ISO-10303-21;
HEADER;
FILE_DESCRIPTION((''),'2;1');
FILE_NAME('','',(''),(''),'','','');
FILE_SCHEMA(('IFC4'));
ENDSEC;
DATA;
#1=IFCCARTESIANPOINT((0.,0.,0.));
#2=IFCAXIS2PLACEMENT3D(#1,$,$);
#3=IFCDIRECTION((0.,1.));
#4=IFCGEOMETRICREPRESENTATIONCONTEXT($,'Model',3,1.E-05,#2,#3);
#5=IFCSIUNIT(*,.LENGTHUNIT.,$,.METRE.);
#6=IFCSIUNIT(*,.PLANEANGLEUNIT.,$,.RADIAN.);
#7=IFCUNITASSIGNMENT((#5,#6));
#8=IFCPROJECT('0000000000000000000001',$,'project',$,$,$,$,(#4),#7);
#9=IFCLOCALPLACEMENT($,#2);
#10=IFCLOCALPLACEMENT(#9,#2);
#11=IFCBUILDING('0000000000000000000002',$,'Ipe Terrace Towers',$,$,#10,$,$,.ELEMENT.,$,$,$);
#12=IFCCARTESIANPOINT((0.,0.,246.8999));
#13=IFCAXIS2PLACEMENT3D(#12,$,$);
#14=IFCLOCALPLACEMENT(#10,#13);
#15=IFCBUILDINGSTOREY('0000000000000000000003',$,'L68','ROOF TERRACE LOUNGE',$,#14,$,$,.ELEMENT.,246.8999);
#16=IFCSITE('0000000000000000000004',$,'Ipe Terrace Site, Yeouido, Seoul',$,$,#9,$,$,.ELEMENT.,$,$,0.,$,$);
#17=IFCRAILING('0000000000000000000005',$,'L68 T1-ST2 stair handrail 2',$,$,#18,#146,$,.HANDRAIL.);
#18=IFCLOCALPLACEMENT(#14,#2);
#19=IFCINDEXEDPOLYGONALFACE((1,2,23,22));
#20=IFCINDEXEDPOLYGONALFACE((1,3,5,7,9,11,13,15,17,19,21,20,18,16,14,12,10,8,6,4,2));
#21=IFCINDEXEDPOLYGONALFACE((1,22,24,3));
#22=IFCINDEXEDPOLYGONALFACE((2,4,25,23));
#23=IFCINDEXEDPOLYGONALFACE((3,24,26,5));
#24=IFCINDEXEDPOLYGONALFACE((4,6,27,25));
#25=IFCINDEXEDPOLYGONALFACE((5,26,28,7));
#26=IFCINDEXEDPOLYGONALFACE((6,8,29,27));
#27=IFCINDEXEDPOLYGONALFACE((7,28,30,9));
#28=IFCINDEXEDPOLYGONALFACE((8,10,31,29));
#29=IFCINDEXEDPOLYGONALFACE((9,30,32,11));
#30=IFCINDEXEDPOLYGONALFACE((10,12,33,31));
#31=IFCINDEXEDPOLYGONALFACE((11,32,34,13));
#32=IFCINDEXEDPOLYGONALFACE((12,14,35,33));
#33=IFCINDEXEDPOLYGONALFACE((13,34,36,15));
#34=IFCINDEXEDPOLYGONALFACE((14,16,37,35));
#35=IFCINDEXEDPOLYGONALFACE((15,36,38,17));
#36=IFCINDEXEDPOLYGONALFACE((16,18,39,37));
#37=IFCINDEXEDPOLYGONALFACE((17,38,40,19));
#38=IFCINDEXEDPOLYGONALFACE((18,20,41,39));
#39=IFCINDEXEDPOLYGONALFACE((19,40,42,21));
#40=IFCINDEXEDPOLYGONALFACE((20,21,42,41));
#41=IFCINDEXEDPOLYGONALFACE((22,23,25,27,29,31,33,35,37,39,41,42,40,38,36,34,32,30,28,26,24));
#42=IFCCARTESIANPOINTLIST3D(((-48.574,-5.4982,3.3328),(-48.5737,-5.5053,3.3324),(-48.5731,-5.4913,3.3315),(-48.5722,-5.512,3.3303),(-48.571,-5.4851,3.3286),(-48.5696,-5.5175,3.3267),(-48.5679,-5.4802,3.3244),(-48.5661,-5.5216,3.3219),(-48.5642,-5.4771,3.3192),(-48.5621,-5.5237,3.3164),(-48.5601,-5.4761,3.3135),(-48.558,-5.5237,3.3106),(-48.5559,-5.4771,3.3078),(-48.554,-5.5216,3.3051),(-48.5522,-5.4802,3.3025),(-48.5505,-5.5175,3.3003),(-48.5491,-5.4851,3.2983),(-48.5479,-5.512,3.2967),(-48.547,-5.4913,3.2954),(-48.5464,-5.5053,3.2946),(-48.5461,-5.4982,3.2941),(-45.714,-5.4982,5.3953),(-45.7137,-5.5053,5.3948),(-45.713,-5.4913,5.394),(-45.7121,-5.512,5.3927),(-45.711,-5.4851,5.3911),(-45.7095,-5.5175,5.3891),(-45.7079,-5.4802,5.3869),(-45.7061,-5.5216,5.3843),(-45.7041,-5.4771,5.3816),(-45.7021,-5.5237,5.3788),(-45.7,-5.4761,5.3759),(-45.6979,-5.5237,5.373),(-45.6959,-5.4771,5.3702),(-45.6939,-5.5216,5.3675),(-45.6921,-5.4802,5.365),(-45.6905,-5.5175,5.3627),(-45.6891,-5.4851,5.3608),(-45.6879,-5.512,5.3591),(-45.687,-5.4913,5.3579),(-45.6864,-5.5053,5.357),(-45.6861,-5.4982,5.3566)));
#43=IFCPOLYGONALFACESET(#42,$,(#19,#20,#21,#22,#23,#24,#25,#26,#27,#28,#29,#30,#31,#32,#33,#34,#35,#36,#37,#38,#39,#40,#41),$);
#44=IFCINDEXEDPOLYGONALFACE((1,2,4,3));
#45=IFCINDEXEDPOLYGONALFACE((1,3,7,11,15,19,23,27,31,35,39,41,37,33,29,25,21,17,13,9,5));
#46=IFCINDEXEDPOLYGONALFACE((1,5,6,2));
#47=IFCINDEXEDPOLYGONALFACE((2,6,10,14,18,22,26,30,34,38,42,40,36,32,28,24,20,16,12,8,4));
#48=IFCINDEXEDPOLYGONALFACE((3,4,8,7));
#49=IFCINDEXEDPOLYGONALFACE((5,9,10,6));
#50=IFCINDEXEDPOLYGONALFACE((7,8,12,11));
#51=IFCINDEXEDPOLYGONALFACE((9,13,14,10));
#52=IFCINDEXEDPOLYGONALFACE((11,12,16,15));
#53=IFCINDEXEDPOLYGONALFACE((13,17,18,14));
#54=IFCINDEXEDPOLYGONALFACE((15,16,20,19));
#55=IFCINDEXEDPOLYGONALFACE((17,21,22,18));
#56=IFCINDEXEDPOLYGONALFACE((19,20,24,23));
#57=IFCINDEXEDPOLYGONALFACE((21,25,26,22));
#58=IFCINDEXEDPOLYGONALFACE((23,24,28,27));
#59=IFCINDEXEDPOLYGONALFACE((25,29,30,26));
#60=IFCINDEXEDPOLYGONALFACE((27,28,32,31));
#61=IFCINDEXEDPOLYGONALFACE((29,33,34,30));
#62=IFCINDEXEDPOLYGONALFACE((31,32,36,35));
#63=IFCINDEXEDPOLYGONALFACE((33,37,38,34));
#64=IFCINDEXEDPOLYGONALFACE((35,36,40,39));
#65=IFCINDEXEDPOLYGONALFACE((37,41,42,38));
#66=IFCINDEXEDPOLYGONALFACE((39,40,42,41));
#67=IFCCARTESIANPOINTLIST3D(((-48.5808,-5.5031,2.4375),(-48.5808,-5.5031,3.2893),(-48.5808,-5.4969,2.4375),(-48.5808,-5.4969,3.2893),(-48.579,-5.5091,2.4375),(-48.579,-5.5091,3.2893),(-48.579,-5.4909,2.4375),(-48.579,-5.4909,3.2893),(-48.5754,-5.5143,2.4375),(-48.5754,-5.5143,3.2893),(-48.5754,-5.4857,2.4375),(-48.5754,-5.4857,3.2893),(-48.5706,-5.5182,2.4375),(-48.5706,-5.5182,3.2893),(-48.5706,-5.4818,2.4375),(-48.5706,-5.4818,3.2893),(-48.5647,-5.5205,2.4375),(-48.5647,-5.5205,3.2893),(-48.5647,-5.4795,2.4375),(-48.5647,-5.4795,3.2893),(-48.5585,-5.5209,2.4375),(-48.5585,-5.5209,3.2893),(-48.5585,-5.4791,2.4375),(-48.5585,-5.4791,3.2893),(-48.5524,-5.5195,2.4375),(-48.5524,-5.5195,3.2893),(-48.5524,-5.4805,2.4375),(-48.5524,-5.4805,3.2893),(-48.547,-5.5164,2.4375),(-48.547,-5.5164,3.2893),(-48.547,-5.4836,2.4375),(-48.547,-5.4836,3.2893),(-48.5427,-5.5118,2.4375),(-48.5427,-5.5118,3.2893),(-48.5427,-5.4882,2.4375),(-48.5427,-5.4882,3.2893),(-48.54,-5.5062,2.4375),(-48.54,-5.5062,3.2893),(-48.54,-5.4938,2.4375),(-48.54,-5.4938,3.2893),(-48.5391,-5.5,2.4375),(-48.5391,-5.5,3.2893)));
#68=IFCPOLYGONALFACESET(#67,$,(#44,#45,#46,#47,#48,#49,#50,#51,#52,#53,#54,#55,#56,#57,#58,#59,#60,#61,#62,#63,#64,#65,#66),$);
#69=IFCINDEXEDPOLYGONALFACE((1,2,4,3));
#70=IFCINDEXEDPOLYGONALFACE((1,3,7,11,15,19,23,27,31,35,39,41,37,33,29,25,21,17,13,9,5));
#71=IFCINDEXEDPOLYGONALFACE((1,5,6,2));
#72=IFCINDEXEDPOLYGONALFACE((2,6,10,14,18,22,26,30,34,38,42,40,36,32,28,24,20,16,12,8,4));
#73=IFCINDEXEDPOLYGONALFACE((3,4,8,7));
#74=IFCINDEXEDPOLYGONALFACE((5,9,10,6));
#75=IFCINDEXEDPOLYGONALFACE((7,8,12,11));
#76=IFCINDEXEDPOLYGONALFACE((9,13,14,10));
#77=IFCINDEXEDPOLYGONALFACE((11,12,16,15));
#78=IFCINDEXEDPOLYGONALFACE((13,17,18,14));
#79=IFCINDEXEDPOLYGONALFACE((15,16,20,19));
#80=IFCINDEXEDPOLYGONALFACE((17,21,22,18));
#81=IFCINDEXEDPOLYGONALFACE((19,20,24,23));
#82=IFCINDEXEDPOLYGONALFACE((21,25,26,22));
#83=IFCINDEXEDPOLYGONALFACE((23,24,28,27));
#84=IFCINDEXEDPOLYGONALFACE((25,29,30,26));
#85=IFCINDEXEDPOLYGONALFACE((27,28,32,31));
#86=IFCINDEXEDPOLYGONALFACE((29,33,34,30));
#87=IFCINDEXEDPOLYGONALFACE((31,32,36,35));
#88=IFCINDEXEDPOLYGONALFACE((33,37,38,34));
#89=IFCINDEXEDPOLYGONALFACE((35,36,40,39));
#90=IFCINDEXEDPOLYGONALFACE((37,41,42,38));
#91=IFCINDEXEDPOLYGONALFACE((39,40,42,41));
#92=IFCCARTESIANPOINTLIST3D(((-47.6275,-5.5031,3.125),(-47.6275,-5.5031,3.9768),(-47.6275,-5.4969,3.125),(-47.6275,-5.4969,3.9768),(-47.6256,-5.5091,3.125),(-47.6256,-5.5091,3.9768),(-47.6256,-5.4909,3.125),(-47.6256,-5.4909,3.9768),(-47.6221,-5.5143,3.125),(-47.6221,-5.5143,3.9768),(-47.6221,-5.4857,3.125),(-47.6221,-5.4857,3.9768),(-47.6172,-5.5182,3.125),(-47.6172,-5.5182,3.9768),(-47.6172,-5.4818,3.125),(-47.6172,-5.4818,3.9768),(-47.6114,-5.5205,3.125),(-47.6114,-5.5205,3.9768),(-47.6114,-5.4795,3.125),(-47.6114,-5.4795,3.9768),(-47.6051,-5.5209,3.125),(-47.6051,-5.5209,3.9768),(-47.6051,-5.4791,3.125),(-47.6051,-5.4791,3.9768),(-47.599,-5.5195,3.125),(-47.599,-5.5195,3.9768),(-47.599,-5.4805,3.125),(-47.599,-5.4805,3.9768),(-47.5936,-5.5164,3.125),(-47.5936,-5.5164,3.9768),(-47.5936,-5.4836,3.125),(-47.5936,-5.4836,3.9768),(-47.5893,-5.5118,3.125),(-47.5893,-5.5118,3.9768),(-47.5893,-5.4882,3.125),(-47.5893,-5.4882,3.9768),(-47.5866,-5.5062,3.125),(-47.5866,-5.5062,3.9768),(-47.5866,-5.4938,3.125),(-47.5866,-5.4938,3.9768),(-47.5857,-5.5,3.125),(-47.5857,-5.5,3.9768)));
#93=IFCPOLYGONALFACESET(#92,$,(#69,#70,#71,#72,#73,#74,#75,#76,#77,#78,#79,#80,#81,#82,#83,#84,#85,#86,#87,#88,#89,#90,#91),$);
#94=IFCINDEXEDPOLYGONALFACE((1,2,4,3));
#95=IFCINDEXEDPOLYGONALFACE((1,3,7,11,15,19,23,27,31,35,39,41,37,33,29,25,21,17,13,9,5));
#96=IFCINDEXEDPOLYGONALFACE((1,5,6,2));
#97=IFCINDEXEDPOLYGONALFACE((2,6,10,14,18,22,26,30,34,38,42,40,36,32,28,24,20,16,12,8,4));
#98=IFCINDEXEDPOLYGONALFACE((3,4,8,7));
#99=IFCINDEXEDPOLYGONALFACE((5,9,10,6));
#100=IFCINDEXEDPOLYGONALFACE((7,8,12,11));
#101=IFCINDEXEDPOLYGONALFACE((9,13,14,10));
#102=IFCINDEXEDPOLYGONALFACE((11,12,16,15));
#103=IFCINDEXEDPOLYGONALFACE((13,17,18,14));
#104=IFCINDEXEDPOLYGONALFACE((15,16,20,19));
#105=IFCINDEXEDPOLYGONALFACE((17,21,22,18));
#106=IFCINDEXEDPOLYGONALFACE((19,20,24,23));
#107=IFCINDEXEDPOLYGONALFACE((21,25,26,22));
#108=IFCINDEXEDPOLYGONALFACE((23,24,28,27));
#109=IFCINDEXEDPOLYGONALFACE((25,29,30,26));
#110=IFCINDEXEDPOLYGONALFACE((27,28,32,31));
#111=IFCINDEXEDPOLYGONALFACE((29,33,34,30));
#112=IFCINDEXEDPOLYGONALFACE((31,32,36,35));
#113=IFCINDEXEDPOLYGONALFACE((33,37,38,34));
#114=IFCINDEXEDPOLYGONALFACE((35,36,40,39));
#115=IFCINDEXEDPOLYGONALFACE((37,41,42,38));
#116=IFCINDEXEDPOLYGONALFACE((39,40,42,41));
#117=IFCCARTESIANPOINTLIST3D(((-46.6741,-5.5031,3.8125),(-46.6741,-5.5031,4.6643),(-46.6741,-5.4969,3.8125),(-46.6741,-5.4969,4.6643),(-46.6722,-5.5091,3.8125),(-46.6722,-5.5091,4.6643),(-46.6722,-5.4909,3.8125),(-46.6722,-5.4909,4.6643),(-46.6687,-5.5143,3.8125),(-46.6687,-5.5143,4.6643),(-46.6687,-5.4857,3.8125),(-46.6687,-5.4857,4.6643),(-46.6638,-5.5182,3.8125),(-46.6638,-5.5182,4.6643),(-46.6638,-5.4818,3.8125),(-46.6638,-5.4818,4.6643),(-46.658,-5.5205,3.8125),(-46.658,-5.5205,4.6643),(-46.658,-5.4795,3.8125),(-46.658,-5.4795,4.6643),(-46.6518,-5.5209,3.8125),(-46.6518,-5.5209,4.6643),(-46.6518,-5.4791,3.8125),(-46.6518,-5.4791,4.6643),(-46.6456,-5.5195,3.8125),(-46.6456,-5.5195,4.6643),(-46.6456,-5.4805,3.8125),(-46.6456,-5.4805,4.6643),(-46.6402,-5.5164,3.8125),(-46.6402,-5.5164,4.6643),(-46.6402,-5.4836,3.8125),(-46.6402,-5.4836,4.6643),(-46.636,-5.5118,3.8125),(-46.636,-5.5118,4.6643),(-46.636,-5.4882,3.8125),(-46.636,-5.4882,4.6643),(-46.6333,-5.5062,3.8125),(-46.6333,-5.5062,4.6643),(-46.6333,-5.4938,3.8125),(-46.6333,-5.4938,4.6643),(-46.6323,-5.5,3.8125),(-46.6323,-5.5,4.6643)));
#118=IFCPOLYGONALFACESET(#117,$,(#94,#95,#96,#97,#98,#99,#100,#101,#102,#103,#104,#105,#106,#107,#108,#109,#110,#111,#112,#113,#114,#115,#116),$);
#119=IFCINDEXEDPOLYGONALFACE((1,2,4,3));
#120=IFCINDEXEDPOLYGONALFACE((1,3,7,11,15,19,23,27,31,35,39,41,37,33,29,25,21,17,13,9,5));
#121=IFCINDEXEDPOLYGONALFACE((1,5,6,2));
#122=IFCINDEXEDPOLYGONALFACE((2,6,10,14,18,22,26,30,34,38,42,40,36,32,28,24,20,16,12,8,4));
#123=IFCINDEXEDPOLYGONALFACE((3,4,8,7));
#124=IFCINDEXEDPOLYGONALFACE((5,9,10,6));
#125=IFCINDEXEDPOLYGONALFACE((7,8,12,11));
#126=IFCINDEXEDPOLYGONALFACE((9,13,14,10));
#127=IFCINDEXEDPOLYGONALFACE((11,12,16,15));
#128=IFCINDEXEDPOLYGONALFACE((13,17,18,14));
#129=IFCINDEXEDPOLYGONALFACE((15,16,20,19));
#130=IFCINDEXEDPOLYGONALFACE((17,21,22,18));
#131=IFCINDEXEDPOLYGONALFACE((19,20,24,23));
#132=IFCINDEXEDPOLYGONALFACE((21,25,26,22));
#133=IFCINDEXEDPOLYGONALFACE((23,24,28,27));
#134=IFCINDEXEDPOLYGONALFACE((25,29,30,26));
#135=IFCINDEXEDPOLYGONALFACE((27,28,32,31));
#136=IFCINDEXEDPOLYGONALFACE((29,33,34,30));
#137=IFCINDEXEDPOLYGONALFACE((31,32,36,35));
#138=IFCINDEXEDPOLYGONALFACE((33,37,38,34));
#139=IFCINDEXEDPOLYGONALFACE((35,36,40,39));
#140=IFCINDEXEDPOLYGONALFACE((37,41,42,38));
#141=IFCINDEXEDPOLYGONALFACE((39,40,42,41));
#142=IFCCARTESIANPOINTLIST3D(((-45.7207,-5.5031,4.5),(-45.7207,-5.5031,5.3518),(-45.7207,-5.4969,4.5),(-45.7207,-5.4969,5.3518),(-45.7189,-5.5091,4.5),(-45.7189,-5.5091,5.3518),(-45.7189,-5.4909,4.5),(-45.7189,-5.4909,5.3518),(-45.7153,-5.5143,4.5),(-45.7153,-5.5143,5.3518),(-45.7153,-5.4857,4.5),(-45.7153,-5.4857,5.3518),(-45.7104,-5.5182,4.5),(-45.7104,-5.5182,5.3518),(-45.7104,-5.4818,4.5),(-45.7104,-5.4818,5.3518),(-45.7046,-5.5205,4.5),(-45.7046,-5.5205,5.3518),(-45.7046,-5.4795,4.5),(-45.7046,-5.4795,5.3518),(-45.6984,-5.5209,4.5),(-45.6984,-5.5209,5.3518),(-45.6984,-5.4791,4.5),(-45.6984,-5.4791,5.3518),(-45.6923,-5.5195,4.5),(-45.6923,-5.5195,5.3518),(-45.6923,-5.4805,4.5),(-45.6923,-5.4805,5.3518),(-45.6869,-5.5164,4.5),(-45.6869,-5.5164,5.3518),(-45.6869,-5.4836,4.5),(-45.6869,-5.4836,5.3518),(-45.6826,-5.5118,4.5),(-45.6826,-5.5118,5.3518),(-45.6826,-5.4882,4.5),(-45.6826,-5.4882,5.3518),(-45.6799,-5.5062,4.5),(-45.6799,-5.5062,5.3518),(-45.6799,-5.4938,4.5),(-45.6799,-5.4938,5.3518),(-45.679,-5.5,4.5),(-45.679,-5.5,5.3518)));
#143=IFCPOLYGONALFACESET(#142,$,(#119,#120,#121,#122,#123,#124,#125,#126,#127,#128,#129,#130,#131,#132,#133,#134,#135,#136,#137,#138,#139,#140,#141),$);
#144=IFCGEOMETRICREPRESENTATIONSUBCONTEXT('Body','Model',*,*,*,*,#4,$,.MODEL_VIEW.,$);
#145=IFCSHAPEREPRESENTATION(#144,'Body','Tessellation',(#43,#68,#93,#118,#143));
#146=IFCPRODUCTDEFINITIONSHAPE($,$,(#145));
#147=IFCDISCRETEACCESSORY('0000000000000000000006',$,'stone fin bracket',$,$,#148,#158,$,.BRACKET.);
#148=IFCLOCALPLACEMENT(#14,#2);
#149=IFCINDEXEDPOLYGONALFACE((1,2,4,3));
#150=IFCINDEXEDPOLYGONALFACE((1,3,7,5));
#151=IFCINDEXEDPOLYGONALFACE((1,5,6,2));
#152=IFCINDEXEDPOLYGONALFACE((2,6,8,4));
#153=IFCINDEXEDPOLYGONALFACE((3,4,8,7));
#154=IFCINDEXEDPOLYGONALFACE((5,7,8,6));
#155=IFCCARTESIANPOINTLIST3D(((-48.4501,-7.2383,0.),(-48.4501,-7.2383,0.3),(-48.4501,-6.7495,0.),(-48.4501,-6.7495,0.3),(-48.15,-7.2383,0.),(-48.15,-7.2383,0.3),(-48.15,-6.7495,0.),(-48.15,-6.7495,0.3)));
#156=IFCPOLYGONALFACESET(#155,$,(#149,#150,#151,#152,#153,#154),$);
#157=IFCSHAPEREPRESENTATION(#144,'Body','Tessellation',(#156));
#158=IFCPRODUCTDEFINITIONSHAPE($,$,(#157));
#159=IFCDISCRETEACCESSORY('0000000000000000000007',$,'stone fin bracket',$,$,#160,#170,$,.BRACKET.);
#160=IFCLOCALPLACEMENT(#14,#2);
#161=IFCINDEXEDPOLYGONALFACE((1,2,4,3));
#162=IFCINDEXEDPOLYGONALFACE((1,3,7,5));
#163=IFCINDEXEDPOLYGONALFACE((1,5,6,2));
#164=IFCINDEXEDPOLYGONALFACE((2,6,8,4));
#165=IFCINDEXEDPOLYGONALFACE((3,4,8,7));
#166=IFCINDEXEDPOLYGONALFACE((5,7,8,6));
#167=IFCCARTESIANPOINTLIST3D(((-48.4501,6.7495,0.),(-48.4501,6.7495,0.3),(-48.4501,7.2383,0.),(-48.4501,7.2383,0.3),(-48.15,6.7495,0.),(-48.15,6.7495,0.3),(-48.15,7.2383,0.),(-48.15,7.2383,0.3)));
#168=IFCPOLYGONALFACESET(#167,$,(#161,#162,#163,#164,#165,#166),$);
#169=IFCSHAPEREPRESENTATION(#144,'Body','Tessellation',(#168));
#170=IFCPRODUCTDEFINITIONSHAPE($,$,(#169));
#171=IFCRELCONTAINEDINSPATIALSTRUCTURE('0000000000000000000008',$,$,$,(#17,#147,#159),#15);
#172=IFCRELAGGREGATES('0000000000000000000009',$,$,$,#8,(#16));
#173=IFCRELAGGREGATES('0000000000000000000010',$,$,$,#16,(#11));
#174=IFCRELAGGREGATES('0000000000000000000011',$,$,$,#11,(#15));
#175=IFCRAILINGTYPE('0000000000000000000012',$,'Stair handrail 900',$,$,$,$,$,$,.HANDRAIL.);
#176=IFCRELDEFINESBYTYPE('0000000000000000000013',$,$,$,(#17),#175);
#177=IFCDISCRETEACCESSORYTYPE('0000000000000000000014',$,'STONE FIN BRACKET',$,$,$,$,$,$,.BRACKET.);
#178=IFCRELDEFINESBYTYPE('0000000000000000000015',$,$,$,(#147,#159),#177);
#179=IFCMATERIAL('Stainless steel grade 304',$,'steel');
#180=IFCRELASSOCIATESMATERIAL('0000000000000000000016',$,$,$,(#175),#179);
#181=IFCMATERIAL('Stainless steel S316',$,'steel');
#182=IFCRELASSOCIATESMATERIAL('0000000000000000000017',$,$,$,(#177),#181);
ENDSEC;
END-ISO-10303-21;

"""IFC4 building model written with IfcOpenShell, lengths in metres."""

from ifc_helpers import new_model, si_unit, direction, frame, origin, origin_2d, place, context, subcontext, project, spatial, rectangle, circle, extrude, material, type_object, element, save


model = new_model("IFC4")

# Units and contexts
model_context = context("Model", 3, precision=1e-05, world=origin(), true_north=direction((0.0, 1.0)))
body_context = subcontext(model_context, "Body", "Model", "MODEL_VIEW")
ifc_project = project(units=[si_unit("LENGTHUNIT", "METRE"), si_unit("PLANEANGLEUNIT", "RADIAN")], contexts=[model_context])

# Site, building, storey
site_placement = place(None, origin())
site = spatial("IfcSite", under=ifc_project, at=site_placement, Name="Ipe Terrace Site, Yeouido, Seoul", CompositionType="ELEMENT", RefElevation=0.0)
building_placement = place(site_placement, origin())
building = spatial("IfcBuilding", under=site, at=building_placement, Name="Ipe Terrace Towers", CompositionType="ELEMENT")
storey_placement = place(building_placement, frame((0.0, 0.0, 246.8999)))
storey = spatial("IfcBuildingStorey", under=building, at=storey_placement, Name="L68", Description="ROOF TERRACE LOUNGE", CompositionType="ELEMENT", Elevation=246.8999)

# Railing
ifc_material_1 = material(Name="Stainless steel grade 304", Category="steel")
railing_type_1 = type_object("IfcRailingType", Name="Stair handrail 900", PredefinedType="HANDRAIL", material=ifc_material_1)
railing_1_placement = place(storey_placement, frame((-48.5601, -5.5, 2.4375)))
element("IfcRailing", 1, at=railing_1_placement, inside=storey, type_object=railing_type_1, Name="L68 T1-ST2 stair handrail 2", PredefinedType="HANDRAIL", context=body_context, shape_type="SweptSolid", body=[
    extrude(circle(Radius=0.0239, at=origin_2d()), frame((0.0, 0.0, 0.876), z_axis=(0.811101, 0.0, 0.584906), x_axis=(0.0, 1.0, 0.0)), (0.0, 0.0, 1.0), 3.5261),
    extrude(circle(Radius=0.021, at=origin_2d()), origin(), (0.0, 0.0, 1.0), 0.8518),
    extrude(circle(Radius=0.021, at=origin_2d()), frame((0.9534, 0.0, 0.6875)), (0.0, 0.0, 1.0), 0.8518),
    extrude(circle(Radius=0.021, at=origin_2d()), frame((1.9067, 0.0, 1.375)), (0.0, 0.0, 1.0), 0.8518),
    extrude(circle(Radius=0.021, at=origin_2d()), frame((2.8601, 0.0, 2.0625)), (0.0, 0.0, 1.0), 0.8518),
])

# Discrete accessories
ifc_material_2 = material(Name="Stainless steel S316", Category="steel")
discrete_accessory_type = type_object("IfcDiscreteAccessoryType", Name="STONE FIN BRACKET", PredefinedType="BRACKET", material=ifc_material_2)
for number, where, z_axis, x_axis, name in (
    (2, (-48.3, -6.9939, 0.0), (0.0, 0.0, 1.0), (1.0, 0.0, 0.0), "stone fin bracket"),
    (3, (-48.3, 6.9939, 0.0), (0.0, 0.0, 1.0), (-1.0, 0.0, 0.0), "stone fin bracket"),
):
    element("IfcDiscreteAccessory", number, at=place(storey_placement, frame(where, z_axis=z_axis, x_axis=x_axis)), inside=storey, type_object=discrete_accessory_type, Name=name, PredefinedType="BRACKET", context=body_context, shape_type="SweptSolid", body=[
        extrude(rectangle(XDim=0.3, YDim=0.4888, at=origin_2d()), origin(), (0.0, 0.0, 1.0), 0.3),
    ])

save(model, "model.ifc")
